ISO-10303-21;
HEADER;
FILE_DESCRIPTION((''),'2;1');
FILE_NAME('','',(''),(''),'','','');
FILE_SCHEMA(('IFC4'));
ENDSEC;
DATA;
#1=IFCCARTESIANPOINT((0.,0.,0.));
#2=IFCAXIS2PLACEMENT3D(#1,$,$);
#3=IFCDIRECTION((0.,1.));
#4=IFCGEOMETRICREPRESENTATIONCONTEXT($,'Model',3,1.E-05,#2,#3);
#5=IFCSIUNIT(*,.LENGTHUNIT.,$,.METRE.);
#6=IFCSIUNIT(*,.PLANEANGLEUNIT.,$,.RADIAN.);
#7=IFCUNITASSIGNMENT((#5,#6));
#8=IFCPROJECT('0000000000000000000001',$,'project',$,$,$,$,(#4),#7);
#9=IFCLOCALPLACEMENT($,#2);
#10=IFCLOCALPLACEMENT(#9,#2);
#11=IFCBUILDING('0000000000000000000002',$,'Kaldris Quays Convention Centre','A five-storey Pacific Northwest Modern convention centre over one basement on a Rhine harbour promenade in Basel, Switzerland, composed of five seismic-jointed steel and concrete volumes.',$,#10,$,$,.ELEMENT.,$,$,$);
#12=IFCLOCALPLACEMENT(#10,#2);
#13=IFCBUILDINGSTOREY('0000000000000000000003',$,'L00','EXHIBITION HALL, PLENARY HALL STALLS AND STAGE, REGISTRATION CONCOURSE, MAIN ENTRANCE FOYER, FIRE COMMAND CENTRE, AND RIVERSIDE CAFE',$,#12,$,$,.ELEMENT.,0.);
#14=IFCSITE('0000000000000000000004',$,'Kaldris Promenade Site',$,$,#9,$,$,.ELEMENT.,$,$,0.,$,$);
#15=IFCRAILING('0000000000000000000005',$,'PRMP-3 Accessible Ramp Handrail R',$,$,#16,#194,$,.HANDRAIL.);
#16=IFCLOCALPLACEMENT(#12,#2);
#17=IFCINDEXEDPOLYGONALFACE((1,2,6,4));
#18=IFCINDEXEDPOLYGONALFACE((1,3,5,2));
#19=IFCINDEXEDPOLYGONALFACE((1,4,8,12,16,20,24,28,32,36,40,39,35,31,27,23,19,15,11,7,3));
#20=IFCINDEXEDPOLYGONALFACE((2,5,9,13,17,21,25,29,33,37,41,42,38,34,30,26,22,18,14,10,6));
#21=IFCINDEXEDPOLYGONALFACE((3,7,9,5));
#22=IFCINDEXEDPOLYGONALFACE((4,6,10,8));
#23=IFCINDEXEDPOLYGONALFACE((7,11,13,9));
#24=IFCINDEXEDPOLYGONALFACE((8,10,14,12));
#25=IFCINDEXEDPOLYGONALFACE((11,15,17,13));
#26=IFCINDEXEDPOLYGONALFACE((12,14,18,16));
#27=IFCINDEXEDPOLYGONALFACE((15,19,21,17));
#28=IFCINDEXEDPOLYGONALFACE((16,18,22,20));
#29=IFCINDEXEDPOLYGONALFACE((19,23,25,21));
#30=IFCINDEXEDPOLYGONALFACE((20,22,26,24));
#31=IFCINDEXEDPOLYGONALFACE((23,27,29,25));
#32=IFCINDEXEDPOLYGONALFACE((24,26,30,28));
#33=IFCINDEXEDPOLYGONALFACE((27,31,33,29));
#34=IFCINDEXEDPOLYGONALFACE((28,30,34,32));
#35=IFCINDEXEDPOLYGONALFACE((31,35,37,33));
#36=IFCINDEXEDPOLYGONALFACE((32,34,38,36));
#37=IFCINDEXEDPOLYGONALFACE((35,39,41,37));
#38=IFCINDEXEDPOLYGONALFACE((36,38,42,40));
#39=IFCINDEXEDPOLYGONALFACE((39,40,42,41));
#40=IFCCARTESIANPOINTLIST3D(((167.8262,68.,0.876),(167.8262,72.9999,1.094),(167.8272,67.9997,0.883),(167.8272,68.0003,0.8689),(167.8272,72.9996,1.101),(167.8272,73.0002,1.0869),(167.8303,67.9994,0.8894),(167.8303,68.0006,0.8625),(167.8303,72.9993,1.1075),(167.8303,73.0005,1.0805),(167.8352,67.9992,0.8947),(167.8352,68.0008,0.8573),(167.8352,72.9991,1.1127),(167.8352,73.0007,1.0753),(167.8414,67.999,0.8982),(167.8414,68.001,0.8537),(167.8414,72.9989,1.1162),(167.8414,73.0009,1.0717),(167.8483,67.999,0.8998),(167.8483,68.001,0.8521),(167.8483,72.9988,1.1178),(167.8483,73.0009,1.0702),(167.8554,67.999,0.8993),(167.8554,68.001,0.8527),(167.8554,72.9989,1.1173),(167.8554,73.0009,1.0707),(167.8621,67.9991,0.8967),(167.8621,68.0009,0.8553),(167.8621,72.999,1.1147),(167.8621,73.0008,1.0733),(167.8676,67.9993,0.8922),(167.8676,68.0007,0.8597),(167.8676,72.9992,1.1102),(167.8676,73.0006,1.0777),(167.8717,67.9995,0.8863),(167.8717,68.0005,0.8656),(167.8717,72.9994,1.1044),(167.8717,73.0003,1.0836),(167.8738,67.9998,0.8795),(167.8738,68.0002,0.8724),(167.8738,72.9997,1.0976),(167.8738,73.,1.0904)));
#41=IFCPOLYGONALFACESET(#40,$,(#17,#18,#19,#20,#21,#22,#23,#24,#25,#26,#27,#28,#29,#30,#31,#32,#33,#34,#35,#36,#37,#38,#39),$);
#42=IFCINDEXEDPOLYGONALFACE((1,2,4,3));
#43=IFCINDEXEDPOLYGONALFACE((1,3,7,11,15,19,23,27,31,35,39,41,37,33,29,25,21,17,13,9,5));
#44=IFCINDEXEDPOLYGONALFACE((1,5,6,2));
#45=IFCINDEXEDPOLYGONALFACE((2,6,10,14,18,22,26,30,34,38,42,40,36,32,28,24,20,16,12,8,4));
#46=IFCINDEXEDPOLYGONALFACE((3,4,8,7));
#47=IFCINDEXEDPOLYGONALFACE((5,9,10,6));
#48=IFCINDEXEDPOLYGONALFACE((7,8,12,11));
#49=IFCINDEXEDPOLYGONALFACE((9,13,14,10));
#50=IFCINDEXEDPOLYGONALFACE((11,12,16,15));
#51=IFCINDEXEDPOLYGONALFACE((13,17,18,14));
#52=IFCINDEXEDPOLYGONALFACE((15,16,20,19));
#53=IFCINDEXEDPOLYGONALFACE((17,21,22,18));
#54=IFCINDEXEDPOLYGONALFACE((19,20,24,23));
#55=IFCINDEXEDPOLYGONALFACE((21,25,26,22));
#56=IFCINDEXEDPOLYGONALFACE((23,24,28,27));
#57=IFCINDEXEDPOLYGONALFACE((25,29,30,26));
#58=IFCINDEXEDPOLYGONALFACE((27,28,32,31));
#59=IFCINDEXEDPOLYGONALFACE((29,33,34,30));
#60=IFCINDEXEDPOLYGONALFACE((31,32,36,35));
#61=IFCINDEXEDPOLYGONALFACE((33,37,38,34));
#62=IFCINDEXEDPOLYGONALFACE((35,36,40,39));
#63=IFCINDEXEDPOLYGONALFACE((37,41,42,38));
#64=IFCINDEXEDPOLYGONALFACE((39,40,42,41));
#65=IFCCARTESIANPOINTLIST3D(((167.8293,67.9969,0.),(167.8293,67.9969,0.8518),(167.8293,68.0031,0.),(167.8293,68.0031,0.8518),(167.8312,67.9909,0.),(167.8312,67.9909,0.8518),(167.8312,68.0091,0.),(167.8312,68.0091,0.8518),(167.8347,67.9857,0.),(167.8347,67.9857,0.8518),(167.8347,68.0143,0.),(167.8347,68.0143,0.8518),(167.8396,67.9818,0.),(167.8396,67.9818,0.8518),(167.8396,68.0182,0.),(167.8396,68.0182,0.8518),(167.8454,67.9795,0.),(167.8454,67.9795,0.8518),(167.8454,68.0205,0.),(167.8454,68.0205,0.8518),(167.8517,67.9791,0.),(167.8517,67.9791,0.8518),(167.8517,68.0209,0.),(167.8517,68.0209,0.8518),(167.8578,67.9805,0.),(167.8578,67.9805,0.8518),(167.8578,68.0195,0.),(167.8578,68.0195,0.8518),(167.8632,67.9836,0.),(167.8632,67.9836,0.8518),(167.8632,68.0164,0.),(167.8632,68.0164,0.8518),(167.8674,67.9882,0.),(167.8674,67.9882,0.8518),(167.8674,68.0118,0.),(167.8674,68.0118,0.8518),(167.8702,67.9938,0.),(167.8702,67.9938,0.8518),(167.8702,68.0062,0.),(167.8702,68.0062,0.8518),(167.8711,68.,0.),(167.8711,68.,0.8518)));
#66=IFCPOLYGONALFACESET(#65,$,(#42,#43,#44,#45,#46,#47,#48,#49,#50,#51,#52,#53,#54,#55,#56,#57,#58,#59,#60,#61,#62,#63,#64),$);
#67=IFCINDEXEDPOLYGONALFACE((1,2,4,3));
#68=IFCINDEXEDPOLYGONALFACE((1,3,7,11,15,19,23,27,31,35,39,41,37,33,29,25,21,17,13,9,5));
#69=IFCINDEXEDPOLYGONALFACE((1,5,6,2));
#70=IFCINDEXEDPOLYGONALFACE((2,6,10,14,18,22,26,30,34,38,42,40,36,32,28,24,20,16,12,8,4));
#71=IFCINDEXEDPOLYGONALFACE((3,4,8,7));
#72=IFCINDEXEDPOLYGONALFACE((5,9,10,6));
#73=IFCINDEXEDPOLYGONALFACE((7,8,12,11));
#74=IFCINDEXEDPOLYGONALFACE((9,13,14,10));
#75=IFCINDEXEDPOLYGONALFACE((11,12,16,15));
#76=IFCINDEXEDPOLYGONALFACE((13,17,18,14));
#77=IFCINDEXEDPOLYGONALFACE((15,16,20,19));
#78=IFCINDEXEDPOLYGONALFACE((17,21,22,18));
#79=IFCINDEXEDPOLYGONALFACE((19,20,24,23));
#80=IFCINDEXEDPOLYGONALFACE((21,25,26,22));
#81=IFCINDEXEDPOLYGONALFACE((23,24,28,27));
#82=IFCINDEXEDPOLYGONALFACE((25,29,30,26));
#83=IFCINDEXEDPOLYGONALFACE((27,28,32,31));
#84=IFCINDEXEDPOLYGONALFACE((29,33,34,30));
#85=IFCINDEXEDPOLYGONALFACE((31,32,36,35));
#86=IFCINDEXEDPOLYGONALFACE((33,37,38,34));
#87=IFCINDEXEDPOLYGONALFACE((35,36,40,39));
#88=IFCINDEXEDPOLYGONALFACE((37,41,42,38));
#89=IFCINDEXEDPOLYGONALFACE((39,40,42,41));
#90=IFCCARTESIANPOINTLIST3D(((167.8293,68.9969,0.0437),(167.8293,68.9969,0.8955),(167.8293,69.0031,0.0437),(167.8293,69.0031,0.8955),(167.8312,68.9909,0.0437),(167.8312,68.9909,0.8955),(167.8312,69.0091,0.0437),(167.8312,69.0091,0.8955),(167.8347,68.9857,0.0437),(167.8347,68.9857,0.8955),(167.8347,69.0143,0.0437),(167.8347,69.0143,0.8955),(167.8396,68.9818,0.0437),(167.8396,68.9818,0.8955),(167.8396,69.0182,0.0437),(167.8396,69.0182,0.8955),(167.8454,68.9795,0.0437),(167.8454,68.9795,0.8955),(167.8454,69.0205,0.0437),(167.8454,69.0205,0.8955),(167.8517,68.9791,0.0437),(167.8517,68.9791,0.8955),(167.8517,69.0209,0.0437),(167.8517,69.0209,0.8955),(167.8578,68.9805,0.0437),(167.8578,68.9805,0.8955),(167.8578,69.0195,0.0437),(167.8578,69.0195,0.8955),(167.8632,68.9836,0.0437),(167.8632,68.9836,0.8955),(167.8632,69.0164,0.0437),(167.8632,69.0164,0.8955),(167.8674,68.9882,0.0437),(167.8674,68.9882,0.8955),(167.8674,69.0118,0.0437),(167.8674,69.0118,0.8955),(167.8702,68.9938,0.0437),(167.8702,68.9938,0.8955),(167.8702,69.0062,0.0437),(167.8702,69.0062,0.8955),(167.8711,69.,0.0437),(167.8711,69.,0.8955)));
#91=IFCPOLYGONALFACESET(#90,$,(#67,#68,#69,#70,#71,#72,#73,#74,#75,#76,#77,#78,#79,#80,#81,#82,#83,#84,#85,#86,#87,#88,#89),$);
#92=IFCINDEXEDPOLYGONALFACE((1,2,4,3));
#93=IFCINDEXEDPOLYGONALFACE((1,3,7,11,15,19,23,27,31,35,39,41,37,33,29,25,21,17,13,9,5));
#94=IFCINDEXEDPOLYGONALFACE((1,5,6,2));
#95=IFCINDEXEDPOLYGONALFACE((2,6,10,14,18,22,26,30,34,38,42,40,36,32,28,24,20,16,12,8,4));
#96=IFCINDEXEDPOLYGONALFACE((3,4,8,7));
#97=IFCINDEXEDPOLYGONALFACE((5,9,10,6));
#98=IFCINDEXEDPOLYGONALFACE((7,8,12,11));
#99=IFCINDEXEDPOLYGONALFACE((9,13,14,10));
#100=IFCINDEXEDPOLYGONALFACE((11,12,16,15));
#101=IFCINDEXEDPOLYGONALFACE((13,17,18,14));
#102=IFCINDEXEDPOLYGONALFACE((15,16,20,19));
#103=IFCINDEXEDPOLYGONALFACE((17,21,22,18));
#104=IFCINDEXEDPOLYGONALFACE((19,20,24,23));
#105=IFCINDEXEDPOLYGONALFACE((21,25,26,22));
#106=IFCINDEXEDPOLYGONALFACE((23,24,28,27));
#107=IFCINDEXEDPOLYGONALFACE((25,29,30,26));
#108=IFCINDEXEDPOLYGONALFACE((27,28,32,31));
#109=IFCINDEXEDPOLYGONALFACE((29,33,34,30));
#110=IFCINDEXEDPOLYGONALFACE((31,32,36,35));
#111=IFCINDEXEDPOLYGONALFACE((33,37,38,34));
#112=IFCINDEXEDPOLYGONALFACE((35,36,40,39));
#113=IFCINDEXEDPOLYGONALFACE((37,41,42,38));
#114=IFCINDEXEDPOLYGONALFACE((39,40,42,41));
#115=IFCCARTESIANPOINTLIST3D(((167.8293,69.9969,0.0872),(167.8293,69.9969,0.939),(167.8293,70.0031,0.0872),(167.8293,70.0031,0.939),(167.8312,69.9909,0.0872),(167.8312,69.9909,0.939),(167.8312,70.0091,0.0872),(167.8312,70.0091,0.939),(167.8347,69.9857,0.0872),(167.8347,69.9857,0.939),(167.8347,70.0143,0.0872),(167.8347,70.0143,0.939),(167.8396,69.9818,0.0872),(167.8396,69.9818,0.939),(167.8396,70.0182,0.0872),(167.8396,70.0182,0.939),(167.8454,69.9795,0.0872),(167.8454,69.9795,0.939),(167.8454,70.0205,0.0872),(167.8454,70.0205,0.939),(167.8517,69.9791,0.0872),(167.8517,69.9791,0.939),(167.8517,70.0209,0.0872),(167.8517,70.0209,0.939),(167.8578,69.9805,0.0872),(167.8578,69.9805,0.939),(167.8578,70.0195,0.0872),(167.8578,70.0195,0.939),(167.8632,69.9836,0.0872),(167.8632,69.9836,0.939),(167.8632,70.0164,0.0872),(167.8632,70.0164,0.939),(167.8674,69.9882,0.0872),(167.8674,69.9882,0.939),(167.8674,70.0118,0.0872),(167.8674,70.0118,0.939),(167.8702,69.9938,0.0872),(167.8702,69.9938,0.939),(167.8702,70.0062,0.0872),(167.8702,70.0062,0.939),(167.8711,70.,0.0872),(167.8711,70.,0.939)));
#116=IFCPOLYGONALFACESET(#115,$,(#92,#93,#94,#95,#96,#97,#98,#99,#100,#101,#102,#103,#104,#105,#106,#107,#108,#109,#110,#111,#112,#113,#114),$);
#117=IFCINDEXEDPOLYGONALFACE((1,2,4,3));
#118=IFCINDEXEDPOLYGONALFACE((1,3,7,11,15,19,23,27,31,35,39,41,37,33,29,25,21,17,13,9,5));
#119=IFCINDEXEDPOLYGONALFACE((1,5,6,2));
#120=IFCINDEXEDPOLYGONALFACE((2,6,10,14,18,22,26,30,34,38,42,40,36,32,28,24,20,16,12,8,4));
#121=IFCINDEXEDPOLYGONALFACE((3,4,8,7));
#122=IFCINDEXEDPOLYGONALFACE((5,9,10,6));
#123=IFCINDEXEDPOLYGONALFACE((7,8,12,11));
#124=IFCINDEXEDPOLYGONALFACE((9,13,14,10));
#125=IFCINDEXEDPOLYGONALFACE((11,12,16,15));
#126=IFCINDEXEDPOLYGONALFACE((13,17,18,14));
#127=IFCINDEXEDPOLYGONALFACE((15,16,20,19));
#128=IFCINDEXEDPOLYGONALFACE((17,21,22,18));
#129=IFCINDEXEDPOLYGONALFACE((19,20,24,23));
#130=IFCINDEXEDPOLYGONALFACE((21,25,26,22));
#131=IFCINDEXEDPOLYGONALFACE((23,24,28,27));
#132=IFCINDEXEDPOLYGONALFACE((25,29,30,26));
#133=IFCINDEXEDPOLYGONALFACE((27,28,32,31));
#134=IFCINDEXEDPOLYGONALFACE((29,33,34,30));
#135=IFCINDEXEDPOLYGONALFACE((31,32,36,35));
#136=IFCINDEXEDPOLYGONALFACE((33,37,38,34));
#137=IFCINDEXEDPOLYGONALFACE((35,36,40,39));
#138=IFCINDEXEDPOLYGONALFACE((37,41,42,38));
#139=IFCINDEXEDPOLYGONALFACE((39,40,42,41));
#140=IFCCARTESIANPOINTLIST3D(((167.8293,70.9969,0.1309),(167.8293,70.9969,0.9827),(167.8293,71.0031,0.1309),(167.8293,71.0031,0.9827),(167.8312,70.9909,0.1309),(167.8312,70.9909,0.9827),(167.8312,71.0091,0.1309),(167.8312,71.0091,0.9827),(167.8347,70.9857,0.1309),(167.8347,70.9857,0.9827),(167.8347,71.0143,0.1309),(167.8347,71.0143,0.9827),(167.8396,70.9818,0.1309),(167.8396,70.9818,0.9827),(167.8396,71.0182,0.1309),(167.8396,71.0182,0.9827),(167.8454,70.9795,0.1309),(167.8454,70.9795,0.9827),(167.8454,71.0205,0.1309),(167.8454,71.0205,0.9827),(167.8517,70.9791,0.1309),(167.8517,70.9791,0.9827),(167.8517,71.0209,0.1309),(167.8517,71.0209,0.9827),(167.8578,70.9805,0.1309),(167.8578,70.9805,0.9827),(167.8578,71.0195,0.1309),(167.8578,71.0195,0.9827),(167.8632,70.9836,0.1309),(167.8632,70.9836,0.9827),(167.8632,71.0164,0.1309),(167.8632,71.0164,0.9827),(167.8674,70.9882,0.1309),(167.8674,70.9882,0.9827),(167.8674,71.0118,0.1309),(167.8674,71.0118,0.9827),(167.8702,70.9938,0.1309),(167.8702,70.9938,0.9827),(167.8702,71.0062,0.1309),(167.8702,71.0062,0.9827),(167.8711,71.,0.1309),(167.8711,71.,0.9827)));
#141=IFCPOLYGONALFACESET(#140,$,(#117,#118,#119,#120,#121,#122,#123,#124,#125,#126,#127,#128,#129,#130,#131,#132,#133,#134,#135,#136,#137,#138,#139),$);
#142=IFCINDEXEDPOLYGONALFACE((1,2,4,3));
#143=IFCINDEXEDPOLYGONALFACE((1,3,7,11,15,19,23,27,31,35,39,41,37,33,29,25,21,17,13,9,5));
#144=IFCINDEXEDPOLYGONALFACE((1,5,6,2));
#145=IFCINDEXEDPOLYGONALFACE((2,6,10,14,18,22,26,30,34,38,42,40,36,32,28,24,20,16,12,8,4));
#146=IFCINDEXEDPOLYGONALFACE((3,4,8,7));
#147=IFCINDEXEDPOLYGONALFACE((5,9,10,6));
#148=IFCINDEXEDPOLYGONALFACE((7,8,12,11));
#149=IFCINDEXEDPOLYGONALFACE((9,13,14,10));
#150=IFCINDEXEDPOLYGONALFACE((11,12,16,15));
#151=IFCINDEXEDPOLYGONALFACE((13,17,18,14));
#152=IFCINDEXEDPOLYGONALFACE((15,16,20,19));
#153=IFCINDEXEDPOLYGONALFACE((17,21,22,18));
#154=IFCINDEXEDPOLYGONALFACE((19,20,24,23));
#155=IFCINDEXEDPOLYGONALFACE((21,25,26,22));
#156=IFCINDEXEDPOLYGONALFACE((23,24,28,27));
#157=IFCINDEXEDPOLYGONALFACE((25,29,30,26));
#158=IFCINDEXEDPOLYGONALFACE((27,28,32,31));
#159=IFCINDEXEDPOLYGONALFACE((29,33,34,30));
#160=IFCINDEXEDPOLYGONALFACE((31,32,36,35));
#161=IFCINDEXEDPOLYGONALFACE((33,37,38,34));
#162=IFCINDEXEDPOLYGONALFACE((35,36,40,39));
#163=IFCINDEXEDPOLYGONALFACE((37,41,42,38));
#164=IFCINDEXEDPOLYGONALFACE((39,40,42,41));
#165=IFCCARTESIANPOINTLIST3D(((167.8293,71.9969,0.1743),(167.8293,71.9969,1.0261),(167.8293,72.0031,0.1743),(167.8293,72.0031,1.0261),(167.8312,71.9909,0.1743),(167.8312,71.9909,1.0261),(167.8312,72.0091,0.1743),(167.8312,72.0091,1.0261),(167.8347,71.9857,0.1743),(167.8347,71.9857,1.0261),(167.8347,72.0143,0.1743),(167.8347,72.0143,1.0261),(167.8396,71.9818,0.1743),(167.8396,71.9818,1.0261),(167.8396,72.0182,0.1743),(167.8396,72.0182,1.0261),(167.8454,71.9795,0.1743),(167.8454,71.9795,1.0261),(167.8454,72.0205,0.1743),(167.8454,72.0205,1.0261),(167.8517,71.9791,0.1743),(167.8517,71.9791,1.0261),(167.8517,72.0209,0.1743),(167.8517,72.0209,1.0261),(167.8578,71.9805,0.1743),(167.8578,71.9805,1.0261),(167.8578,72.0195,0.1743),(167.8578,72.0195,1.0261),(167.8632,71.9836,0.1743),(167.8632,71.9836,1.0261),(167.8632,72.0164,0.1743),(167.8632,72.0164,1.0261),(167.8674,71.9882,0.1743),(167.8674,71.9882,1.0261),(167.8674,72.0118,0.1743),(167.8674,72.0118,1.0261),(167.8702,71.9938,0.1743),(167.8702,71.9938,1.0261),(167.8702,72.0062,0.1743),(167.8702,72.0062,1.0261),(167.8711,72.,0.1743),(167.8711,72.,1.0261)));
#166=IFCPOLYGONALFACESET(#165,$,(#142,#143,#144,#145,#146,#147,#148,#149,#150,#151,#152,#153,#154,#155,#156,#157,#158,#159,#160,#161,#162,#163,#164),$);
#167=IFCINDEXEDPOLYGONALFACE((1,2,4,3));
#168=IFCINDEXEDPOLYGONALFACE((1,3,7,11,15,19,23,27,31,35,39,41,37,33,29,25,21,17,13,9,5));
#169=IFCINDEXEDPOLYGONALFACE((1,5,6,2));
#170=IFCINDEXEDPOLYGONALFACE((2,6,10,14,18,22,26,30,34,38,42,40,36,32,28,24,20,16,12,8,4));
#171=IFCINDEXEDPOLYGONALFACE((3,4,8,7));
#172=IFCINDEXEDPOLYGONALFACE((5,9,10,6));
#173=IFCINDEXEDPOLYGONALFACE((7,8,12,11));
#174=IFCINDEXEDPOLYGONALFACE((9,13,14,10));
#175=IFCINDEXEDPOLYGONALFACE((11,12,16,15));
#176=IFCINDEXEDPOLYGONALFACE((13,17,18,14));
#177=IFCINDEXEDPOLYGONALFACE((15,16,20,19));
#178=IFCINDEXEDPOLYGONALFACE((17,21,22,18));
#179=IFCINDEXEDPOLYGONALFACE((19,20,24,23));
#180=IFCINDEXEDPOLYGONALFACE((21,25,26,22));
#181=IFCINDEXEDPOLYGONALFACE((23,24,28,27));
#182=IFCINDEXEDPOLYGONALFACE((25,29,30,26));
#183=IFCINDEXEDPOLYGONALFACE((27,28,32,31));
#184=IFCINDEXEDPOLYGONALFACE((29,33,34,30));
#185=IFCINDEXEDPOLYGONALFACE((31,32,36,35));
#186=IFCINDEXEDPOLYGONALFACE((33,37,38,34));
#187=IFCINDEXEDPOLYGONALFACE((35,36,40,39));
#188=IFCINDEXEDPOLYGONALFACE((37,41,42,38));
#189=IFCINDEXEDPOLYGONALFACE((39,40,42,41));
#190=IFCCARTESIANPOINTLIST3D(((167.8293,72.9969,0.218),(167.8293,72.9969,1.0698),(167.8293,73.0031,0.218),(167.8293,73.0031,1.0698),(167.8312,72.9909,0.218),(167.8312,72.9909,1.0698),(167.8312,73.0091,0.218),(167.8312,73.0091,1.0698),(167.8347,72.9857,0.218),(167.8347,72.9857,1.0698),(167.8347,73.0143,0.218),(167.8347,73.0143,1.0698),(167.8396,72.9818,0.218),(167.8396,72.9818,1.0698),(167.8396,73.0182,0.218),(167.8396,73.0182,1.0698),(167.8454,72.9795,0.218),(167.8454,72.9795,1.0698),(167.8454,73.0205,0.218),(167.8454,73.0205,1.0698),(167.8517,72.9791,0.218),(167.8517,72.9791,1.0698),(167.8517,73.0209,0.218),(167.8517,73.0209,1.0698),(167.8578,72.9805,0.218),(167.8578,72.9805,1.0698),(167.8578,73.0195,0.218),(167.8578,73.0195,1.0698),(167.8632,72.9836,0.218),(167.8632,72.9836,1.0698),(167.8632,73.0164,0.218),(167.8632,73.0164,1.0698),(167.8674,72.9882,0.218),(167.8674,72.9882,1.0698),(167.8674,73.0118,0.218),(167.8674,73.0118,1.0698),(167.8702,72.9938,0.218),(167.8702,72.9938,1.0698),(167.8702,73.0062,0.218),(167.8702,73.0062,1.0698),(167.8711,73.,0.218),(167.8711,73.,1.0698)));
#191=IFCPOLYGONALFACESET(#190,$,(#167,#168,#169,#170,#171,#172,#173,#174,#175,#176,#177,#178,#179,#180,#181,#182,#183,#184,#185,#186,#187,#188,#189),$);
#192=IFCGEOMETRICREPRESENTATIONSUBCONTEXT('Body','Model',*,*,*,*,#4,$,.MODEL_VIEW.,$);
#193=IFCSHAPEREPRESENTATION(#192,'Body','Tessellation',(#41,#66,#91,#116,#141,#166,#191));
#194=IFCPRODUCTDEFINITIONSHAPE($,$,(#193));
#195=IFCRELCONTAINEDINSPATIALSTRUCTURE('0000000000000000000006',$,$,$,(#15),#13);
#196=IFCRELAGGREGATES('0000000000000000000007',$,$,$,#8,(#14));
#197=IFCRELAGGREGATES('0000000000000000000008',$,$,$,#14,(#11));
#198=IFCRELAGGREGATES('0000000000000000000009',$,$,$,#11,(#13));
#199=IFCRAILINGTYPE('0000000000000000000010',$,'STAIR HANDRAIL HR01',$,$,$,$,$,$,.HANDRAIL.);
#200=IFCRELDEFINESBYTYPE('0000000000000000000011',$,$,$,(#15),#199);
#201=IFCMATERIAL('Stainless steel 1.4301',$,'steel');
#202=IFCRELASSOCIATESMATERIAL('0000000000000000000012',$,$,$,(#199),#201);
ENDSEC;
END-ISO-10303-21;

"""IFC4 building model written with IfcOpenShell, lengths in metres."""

from ifc_helpers import new_model, si_unit, direction, frame, origin, origin_2d, place, context, subcontext, project, spatial, circle, extrude, material, type_object, element, save


model = new_model("IFC4")

# Units and contexts
model_context = context("Model", 3, precision=1e-05, world=origin(), true_north=direction((0.0, 1.0)))
body_context = subcontext(model_context, "Body", "Model", "MODEL_VIEW")
ifc_project = project(units=[si_unit("LENGTHUNIT", "METRE"), si_unit("PLANEANGLEUNIT", "RADIAN")], contexts=[model_context])

# Site, building, storey
site_placement = place(None, origin())
site = spatial("IfcSite", under=ifc_project, at=site_placement, Name="Kaldris Promenade Site", CompositionType="ELEMENT", RefElevation=0.0)
building_placement = place(site_placement, origin())
building = spatial("IfcBuilding", under=site, at=building_placement, Name="Kaldris Quays Convention Centre", Description="A five-storey Pacific Northwest Modern convention centre over one basement on a Rhine harbour promenade in Basel, Switzerland, composed of five seismic-jointed steel and concrete volumes.", CompositionType="ELEMENT")
storey_placement = place(building_placement, origin())
storey = spatial("IfcBuildingStorey", under=building, at=storey_placement, Name="L00", Description="EXHIBITION HALL, PLENARY HALL STALLS AND STAGE, REGISTRATION CONCOURSE, MAIN ENTRANCE FOYER, FIRE COMMAND CENTRE, AND RIVERSIDE CAFE", CompositionType="ELEMENT", Elevation=0.0)

# Railing
ifc_material_1 = material(Name="Stainless steel 1.4301", Category="steel")
railing_type_1 = type_object("IfcRailingType", Name="STAIR HANDRAIL HR01", PredefinedType="HANDRAIL", material=ifc_material_1)
for number, where, name in (
    (1, (167.8501, 68.0, 0.0), "PRMP-3 Accessible Ramp Handrail R"),
):
    element("IfcRailing", number, at=place(storey_placement, frame(where)), inside=storey, type_object=railing_type_1, Name=name, PredefinedType="HANDRAIL", context=body_context, shape_type="SweptSolid", body=[
        extrude(circle(Radius=0.0239, at=origin_2d()), frame((0.0, 0.0, 0.876), z_axis=(0.0, 0.999051, 0.043562), x_axis=(-1.0, 0.0, 0.0)), (0.0, 0.0, 1.0), 5.0046),
        extrude(circle(Radius=0.021, at=origin_2d()), origin(), (0.0, 0.0, 1.0), 0.8518),
        extrude(circle(Radius=0.021, at=origin_2d()), frame((0.0, 1.0, 0.0437)), (0.0, 0.0, 1.0), 0.8518),
        extrude(circle(Radius=0.021, at=origin_2d()), frame((0.0, 2.0, 0.0872)), (0.0, 0.0, 1.0), 0.8518),
        extrude(circle(Radius=0.021, at=origin_2d()), frame((0.0, 3.0, 0.1309)), (0.0, 0.0, 1.0), 0.8518),
        extrude(circle(Radius=0.021, at=origin_2d()), frame((0.0, 4.0, 0.1743)), (0.0, 0.0, 1.0), 0.8518),
        extrude(circle(Radius=0.021, at=origin_2d()), frame((0.0, 5.0, 0.218)), (0.0, 0.0, 1.0), 0.8518),
    ])

save(model, "model.ifc")
